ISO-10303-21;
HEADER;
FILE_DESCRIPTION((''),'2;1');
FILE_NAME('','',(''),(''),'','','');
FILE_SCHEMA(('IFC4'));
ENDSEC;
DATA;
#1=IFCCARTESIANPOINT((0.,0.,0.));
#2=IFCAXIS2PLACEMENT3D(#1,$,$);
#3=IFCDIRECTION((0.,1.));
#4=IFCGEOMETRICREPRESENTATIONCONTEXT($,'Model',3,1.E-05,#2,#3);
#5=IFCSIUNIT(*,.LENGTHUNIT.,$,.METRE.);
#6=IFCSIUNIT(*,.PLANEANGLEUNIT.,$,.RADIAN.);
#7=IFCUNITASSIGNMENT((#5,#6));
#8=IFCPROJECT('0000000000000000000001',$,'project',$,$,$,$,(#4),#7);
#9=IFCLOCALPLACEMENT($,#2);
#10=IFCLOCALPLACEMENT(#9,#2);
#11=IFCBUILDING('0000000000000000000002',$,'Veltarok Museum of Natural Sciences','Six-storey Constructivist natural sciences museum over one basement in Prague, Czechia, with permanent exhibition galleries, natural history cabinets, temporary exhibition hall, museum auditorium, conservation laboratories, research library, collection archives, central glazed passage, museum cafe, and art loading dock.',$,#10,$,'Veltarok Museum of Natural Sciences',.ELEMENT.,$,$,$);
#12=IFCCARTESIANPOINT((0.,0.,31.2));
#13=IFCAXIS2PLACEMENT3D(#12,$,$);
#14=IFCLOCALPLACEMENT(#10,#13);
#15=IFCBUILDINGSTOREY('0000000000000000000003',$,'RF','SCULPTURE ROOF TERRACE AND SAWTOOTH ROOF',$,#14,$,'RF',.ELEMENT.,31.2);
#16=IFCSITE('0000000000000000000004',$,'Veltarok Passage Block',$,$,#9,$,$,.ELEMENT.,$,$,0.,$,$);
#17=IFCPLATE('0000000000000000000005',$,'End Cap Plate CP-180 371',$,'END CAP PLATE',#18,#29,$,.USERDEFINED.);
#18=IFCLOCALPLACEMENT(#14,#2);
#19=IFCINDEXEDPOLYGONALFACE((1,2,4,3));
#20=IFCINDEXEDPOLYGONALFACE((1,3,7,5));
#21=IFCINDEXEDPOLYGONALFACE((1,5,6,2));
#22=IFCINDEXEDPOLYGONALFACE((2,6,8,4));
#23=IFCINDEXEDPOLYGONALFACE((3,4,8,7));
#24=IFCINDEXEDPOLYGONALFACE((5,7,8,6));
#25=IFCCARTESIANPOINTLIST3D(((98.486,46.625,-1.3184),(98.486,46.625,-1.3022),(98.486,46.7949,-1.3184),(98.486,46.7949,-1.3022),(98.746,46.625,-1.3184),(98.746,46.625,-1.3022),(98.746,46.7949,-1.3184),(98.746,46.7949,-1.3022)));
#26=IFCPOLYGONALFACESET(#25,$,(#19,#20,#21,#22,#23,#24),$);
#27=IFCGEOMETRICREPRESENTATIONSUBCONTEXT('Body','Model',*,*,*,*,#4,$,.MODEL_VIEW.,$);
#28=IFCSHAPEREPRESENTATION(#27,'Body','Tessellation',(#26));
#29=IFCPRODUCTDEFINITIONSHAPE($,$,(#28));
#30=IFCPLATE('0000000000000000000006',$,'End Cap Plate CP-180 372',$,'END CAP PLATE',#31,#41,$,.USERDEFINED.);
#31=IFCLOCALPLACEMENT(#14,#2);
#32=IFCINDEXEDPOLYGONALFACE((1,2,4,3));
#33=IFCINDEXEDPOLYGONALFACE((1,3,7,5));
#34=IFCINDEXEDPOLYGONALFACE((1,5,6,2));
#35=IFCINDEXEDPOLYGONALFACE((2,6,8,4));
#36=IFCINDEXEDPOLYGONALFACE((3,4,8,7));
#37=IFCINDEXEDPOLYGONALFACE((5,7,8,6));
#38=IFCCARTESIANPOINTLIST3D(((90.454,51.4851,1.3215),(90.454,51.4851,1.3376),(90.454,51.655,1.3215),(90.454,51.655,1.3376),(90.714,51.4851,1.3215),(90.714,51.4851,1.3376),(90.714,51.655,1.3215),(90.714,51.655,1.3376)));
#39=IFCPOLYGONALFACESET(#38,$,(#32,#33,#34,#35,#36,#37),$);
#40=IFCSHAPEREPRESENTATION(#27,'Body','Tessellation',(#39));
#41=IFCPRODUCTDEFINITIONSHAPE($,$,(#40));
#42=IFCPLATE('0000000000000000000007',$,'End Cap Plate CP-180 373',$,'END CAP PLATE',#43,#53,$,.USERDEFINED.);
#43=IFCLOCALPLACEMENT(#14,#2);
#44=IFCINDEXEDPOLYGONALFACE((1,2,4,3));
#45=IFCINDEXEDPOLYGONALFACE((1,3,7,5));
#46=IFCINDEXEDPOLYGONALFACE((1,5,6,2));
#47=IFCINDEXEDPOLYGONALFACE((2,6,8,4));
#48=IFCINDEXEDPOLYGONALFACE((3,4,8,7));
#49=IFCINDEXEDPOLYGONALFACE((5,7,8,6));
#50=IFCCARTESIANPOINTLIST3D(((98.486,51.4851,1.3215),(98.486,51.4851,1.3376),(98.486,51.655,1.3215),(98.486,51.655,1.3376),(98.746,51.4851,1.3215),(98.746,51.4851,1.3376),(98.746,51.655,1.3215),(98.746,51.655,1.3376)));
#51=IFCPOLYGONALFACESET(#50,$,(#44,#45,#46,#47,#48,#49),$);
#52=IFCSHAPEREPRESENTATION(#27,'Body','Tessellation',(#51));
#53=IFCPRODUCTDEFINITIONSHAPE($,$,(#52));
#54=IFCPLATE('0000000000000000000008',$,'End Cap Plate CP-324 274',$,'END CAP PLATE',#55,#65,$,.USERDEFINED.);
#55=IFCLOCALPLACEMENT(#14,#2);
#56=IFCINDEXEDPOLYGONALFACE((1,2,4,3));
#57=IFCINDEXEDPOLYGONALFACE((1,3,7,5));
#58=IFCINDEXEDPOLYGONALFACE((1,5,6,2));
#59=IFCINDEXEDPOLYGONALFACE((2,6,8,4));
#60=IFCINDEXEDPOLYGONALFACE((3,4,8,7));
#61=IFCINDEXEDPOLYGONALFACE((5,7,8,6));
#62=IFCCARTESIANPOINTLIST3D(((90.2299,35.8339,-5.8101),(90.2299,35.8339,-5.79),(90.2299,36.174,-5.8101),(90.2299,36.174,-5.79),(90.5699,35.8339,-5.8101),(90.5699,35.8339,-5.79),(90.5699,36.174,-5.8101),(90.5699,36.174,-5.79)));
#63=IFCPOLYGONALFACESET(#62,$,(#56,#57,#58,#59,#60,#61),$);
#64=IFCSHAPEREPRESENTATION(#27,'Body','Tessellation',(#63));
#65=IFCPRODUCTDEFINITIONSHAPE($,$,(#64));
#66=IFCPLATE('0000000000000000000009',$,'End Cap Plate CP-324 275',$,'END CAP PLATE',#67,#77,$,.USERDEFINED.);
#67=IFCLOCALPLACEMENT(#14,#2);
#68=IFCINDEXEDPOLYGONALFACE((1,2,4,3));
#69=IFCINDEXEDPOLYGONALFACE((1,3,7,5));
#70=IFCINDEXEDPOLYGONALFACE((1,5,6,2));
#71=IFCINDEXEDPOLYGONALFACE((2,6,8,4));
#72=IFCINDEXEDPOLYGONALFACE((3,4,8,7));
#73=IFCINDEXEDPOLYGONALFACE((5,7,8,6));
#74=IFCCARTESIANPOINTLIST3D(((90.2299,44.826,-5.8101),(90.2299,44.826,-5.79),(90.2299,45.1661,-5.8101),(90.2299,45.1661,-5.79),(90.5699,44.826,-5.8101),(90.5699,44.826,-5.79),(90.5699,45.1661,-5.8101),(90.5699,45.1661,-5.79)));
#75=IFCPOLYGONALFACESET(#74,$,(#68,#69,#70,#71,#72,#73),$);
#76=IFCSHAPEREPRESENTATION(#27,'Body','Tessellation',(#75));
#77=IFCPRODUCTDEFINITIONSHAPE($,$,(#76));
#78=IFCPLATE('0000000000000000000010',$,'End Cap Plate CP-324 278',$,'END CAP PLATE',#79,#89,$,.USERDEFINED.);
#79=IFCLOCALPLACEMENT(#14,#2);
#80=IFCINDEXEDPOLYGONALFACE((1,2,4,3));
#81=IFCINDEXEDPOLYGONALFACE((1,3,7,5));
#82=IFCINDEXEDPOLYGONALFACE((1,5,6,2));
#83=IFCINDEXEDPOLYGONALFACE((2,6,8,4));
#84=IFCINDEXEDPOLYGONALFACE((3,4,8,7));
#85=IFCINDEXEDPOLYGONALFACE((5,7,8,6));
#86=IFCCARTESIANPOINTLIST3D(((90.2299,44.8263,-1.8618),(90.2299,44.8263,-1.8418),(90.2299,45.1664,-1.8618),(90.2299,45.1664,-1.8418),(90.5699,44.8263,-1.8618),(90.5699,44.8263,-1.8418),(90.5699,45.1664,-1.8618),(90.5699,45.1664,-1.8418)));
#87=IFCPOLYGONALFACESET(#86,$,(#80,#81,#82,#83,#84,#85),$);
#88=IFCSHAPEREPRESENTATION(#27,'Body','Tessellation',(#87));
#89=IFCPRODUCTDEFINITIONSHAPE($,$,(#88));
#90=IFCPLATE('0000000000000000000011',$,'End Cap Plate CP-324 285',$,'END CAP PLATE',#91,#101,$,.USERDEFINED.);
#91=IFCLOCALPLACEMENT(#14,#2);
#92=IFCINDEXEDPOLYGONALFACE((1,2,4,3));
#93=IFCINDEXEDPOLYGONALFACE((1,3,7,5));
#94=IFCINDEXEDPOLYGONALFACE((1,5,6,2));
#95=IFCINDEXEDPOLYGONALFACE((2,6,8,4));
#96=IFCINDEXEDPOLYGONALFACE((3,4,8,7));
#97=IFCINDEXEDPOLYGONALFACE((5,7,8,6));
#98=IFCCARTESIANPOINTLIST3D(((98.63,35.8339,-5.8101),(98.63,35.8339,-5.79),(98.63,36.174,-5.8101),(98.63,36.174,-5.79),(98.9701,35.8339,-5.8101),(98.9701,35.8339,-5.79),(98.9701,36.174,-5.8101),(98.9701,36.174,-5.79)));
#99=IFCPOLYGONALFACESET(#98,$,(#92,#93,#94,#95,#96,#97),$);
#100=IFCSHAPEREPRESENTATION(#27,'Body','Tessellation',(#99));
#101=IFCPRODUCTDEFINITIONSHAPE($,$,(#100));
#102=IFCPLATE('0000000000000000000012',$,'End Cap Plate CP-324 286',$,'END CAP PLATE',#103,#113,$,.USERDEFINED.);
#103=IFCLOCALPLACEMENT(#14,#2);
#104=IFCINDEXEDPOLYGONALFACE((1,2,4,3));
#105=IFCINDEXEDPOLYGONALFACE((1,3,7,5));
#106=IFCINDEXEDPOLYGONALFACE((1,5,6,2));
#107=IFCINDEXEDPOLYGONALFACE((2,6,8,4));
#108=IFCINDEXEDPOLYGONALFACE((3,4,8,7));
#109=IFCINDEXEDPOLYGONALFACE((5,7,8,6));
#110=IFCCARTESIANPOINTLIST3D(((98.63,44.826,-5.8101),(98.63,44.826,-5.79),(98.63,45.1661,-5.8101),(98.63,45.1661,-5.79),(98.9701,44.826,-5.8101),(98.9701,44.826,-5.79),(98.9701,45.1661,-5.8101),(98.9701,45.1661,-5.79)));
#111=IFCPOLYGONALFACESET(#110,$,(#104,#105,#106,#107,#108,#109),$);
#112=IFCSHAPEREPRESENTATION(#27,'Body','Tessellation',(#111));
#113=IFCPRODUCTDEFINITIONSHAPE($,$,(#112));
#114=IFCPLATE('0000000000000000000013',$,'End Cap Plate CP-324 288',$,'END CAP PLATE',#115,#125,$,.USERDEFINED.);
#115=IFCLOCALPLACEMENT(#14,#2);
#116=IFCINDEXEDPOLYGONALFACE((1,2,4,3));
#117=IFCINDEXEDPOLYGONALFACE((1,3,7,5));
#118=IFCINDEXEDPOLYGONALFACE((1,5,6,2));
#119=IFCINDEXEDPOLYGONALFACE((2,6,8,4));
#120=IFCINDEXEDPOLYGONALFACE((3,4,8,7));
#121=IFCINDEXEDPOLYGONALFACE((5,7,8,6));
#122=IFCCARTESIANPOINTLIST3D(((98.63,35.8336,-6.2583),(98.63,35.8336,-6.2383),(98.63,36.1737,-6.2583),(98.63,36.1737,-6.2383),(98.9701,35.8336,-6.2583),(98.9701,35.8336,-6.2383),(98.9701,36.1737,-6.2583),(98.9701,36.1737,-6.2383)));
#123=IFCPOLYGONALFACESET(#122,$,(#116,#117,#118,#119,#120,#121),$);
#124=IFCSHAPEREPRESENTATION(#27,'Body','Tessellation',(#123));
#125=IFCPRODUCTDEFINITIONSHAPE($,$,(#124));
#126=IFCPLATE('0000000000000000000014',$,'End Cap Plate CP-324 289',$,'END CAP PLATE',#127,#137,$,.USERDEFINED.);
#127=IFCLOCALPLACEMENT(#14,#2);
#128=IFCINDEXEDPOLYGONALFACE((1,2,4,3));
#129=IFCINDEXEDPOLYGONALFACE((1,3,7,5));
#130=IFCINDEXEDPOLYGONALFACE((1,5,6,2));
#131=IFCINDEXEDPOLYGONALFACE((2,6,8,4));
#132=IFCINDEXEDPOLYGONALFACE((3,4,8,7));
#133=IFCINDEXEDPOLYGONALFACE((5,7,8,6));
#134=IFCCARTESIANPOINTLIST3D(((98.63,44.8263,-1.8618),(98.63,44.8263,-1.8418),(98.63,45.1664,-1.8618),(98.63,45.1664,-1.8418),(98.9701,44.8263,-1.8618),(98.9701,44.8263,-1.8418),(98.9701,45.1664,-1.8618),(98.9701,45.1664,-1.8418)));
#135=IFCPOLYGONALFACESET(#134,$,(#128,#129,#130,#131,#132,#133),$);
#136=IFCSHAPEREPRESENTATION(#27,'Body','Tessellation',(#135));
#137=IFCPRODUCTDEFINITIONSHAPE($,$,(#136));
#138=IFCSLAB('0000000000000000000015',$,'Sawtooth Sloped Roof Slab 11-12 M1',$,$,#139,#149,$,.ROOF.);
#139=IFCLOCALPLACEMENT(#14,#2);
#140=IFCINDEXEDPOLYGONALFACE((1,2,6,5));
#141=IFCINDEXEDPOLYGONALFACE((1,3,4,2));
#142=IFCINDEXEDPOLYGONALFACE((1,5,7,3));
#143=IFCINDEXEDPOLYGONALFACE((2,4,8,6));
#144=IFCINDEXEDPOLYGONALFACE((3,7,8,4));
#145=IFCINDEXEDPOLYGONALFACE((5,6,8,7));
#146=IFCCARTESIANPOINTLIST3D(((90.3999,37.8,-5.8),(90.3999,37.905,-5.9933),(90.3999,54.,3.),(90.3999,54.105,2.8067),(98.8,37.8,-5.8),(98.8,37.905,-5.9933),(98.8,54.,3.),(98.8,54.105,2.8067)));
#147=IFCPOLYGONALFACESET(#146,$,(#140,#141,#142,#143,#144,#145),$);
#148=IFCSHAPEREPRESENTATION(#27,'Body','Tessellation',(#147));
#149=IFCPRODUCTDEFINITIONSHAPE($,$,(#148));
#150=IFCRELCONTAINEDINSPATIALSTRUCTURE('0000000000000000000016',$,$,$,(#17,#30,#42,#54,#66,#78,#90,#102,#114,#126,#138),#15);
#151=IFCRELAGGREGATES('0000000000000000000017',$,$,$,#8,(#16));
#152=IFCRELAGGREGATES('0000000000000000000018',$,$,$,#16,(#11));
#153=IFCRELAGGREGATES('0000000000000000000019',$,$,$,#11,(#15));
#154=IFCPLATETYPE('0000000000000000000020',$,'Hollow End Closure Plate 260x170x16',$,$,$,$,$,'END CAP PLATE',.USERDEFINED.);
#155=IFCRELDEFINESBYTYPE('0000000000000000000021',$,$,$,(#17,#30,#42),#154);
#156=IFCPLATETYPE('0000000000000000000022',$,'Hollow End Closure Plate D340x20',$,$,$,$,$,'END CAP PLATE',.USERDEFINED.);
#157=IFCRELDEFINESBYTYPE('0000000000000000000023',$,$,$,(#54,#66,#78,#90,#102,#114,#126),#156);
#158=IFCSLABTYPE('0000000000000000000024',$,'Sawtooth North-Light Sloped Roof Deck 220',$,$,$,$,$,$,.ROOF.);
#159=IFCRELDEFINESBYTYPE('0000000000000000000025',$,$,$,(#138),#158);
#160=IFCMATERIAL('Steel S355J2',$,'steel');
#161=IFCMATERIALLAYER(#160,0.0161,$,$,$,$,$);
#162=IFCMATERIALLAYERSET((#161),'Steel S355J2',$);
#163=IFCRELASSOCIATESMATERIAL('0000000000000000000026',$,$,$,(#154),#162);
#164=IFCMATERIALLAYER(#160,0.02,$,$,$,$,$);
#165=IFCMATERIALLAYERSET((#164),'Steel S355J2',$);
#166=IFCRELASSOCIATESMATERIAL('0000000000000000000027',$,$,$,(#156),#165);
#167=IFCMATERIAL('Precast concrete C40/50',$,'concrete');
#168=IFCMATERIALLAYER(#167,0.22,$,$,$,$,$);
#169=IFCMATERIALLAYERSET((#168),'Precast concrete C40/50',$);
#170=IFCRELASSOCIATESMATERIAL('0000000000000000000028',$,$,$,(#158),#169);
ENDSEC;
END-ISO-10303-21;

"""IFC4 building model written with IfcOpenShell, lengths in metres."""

from ifc_helpers import new_model, si_unit, direction, frame, origin, origin_2d, place, context, subcontext, project, spatial, polyline, rectangle, outline, extrude, material, layer, layer_set, type_object, element, save


model = new_model("IFC4")

# Units and contexts
model_context = context("Model", 3, precision=1e-05, world=origin(), true_north=direction((0.0, 1.0)))
body_context = subcontext(model_context, "Body", "Model", "MODEL_VIEW")
ifc_project = project(units=[si_unit("LENGTHUNIT", "METRE"), si_unit("PLANEANGLEUNIT", "RADIAN")], contexts=[model_context])

# Site, building, storey
site_placement = place(None, origin())
site = spatial("IfcSite", under=ifc_project, at=site_placement, Name="Veltarok Passage Block", CompositionType="ELEMENT", RefElevation=0.0)
building_placement = place(site_placement, origin())
building = spatial("IfcBuilding", under=site, at=building_placement, Name="Veltarok Museum of Natural Sciences", Description="Six-storey Constructivist natural sciences museum over one basement in Prague, Czechia, with permanent exhibition galleries, natural history cabinets, temporary exhibition hall, museum auditorium, conservation laboratories, research library, collection archives, central glazed passage, museum cafe, and art loading dock.", LongName="Veltarok Museum of Natural Sciences", CompositionType="ELEMENT")
storey_placement = place(building_placement, frame((0.0, 0.0, 31.2)))
storey = spatial("IfcBuildingStorey", under=building, at=storey_placement, Name="RF", Description="SCULPTURE ROOF TERRACE AND SAWTOOTH ROOF", LongName="RF", CompositionType="ELEMENT", Elevation=31.2)

# Shared definitions
ifc_material_1 = material(Name="Steel S355J2", Category="steel")

# Plates
ifc_layer_1 = layer(ifc_material_1, 0.0161)
ifc_layer_set_1 = layer_set([ifc_layer_1], Name="Steel S355J2")
plate_type_1 = type_object("IfcPlateType", Name="Hollow End Closure Plate 260x170x16", ElementType="END CAP PLATE", PredefinedType="USERDEFINED", material=ifc_layer_set_1)
for number, where, z_axis, x_axis, name in (
    (1, (98.616, 46.71, -1.3184), (0.0, 0.0, 1.0), (1.0, 0.0, 0.0), "End Cap Plate CP-180 371"),
    (2, (90.584, 51.5701, 1.3215), (0.0, 0.0, 1.0), (1.0, 0.0, 0.0), "End Cap Plate CP-180 372"),
    (3, (98.616, 51.5701, 1.3215), (0.0, 0.0, 1.0), (1.0, 0.0, 0.0), "End Cap Plate CP-180 373"),
):
    element("IfcPlate", number, at=place(storey_placement, frame(where, z_axis=z_axis, x_axis=x_axis)), inside=storey, type_object=plate_type_1, Name=name, ObjectType="END CAP PLATE", PredefinedType="USERDEFINED", context=body_context, shape_type="SweptSolid", body=[
        extrude(rectangle(XDim=0.26, YDim=0.1699, at=origin_2d()), origin(), (0.0, 0.0, 1.0), 0.0161),
    ])
ifc_layer_2 = layer(ifc_material_1, 0.02)
ifc_layer_set_2 = layer_set([ifc_layer_2], Name="Steel S355J2")
plate_type_2 = type_object("IfcPlateType", Name="Hollow End Closure Plate D340x20", ElementType="END CAP PLATE", PredefinedType="USERDEFINED", material=ifc_layer_set_2)
for number, where, z_axis, x_axis, name in (
    (4, (90.3999, 36.0039, -5.8101), (0.0, 0.0, 1.0), (0.0, 1.0, 0.0), "End Cap Plate CP-324 274"),
    (5, (90.3999, 44.9961, -5.8101), (0.0, 0.0, 1.0), (0.0, 1.0, 0.0), "End Cap Plate CP-324 275"),
    (6, (90.3999, 44.9963, -1.8618), (0.0, 0.0, 1.0), (0.0, 1.0, 0.0), "End Cap Plate CP-324 278"),
    (7, (98.8, 36.0039, -5.8101), (0.0, 0.0, 1.0), (0.0, 1.0, 0.0), "End Cap Plate CP-324 285"),
    (8, (98.8, 44.9961, -5.8101), (0.0, 0.0, 1.0), (0.0, 1.0, 0.0), "End Cap Plate CP-324 286"),
    (9, (98.8, 36.0037, -6.2583), (0.0, 0.0, 1.0), (0.0, 1.0, 0.0), "End Cap Plate CP-324 288"),
    (10, (98.8, 44.9963, -1.8618), (0.0, 0.0, 1.0), (0.0, 1.0, 0.0), "End Cap Plate CP-324 289"),
):
    element("IfcPlate", number, at=place(storey_placement, frame(where, z_axis=z_axis, x_axis=x_axis)), inside=storey, type_object=plate_type_2, Name=name, ObjectType="END CAP PLATE", PredefinedType="USERDEFINED", context=body_context, shape_type="SweptSolid", body=[
        extrude(rectangle(XDim=0.3401, YDim=0.3401, at=origin_2d()), origin(), (0.0, 0.0, 1.0), 0.02),
    ])

# Slab
ifc_material_2 = material(Name="Precast concrete C40/50", Category="concrete")
ifc_layer_3 = layer(ifc_material_2, 0.22)
ifc_layer_set_3 = layer_set([ifc_layer_3], Name="Precast concrete C40/50")
slab_type = type_object("IfcSlabType", Name="Sawtooth North-Light Sloped Roof Deck 220", PredefinedType="ROOF", material=ifc_layer_set_3)
slab_placement = place(storey_placement, frame((90.3999, 37.8, -5.8), z_axis=(0.0, -0.477334, 0.878722), x_axis=(1.0, 0.0, 0.0)))
element("IfcSlab", 11, at=slab_placement, inside=storey, type_object=slab_type, Name="Sawtooth Sloped Roof Slab 11-12 M1", PredefinedType="ROOF", context=body_context, shape_type="SweptSolid", body=[
    extrude(outline(polyline([(0.0, 0.0), (8.4001, 0.0), (8.4001, 18.4358), (0.0, 18.4358), (0.0, 0.0)])), origin(), (0.0, 0.0, -1.0), 0.22),
])

save(model, "model.ifc")
